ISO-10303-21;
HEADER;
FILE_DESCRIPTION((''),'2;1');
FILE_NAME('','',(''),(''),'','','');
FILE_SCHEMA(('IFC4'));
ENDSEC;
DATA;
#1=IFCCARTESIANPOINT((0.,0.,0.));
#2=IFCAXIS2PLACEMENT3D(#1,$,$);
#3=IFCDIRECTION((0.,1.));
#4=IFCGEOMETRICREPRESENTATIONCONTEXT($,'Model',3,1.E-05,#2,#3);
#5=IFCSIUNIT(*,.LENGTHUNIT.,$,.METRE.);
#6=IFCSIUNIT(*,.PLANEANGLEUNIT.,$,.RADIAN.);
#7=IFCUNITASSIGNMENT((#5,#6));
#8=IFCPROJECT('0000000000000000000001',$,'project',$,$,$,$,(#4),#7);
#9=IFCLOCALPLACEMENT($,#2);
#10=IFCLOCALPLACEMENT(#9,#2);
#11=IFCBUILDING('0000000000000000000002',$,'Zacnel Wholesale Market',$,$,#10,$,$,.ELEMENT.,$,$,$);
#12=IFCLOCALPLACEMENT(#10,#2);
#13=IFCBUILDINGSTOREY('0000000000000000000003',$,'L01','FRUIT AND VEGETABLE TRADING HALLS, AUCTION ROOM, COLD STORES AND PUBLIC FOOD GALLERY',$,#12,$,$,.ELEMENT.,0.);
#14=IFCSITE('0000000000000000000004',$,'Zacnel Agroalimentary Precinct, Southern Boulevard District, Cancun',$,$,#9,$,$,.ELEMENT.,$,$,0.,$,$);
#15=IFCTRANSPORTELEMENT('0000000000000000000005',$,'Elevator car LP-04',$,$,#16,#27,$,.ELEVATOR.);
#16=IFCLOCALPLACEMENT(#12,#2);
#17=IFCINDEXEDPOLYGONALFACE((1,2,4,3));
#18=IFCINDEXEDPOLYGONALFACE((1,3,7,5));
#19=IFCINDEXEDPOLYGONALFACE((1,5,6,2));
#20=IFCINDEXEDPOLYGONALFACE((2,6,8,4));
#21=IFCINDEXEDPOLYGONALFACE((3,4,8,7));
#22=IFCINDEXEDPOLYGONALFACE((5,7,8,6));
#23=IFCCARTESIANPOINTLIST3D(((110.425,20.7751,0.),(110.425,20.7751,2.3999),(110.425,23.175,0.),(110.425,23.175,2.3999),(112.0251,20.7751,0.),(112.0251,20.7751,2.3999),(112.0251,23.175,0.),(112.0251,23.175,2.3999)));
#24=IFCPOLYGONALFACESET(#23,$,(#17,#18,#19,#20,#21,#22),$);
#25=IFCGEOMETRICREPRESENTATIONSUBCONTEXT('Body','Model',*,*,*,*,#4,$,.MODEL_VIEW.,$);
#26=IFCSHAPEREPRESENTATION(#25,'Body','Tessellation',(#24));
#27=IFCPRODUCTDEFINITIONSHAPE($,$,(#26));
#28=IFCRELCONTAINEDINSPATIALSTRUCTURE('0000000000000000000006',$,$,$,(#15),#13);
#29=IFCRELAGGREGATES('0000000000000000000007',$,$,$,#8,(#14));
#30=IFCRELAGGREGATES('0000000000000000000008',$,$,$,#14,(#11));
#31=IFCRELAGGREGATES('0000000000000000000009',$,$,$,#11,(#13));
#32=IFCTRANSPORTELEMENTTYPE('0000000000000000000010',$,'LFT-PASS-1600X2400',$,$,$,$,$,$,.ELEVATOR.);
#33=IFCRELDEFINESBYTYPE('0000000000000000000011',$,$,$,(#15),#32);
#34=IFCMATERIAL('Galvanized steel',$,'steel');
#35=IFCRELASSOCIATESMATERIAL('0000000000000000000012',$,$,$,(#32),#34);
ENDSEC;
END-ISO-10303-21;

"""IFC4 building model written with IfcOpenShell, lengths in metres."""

from ifc_helpers import new_model, si_unit, direction, frame, origin, origin_2d, place, context, subcontext, project, spatial, rectangle, extrude, material, type_object, element, save


model = new_model("IFC4")

# Units and contexts
model_context = context("Model", 3, precision=1e-05, world=origin(), true_north=direction((0.0, 1.0)))
body_context = subcontext(model_context, "Body", "Model", "MODEL_VIEW")
ifc_project = project(units=[si_unit("LENGTHUNIT", "METRE"), si_unit("PLANEANGLEUNIT", "RADIAN")], contexts=[model_context])

# Site, building, storey
site_placement = place(None, origin())
site = spatial("IfcSite", under=ifc_project, at=site_placement, Name="Zacnel Agroalimentary Precinct, Southern Boulevard District, Cancun", CompositionType="ELEMENT", RefElevation=0.0)
building_placement = place(site_placement, origin())
building = spatial("IfcBuilding", under=site, at=building_placement, Name="Zacnel Wholesale Market", CompositionType="ELEMENT")
storey_placement = place(building_placement, origin())
storey = spatial("IfcBuildingStorey", under=building, at=storey_placement, Name="L01", Description="FRUIT AND VEGETABLE TRADING HALLS, AUCTION ROOM, COLD STORES AND PUBLIC FOOD GALLERY", CompositionType="ELEMENT", Elevation=0.0)

# Transport element
ifc_material_1 = material(Name="Galvanized steel", Category="steel")
transport_element_type = type_object("IfcTransportElementType", Name="LFT-PASS-1600X2400", PredefinedType="ELEVATOR", material=ifc_material_1)
transport_element_placement = place(storey_placement, frame((111.2251, 21.9751, 0.0), z_axis=(0.0, 0.0, 1.0), x_axis=(1.0, 0.0, 0.0)))
element("IfcTransportElement", 1, at=transport_element_placement, inside=storey, type_object=transport_element_type, Name="Elevator car LP-04", PredefinedType="ELEVATOR", context=body_context, shape_type="SweptSolid", body=[
    extrude(rectangle(XDim=1.6001, YDim=2.3999, at=origin_2d()), origin(), (0.0, 0.0, 1.0), 2.3999),
])

save(model, "model.ifc")
